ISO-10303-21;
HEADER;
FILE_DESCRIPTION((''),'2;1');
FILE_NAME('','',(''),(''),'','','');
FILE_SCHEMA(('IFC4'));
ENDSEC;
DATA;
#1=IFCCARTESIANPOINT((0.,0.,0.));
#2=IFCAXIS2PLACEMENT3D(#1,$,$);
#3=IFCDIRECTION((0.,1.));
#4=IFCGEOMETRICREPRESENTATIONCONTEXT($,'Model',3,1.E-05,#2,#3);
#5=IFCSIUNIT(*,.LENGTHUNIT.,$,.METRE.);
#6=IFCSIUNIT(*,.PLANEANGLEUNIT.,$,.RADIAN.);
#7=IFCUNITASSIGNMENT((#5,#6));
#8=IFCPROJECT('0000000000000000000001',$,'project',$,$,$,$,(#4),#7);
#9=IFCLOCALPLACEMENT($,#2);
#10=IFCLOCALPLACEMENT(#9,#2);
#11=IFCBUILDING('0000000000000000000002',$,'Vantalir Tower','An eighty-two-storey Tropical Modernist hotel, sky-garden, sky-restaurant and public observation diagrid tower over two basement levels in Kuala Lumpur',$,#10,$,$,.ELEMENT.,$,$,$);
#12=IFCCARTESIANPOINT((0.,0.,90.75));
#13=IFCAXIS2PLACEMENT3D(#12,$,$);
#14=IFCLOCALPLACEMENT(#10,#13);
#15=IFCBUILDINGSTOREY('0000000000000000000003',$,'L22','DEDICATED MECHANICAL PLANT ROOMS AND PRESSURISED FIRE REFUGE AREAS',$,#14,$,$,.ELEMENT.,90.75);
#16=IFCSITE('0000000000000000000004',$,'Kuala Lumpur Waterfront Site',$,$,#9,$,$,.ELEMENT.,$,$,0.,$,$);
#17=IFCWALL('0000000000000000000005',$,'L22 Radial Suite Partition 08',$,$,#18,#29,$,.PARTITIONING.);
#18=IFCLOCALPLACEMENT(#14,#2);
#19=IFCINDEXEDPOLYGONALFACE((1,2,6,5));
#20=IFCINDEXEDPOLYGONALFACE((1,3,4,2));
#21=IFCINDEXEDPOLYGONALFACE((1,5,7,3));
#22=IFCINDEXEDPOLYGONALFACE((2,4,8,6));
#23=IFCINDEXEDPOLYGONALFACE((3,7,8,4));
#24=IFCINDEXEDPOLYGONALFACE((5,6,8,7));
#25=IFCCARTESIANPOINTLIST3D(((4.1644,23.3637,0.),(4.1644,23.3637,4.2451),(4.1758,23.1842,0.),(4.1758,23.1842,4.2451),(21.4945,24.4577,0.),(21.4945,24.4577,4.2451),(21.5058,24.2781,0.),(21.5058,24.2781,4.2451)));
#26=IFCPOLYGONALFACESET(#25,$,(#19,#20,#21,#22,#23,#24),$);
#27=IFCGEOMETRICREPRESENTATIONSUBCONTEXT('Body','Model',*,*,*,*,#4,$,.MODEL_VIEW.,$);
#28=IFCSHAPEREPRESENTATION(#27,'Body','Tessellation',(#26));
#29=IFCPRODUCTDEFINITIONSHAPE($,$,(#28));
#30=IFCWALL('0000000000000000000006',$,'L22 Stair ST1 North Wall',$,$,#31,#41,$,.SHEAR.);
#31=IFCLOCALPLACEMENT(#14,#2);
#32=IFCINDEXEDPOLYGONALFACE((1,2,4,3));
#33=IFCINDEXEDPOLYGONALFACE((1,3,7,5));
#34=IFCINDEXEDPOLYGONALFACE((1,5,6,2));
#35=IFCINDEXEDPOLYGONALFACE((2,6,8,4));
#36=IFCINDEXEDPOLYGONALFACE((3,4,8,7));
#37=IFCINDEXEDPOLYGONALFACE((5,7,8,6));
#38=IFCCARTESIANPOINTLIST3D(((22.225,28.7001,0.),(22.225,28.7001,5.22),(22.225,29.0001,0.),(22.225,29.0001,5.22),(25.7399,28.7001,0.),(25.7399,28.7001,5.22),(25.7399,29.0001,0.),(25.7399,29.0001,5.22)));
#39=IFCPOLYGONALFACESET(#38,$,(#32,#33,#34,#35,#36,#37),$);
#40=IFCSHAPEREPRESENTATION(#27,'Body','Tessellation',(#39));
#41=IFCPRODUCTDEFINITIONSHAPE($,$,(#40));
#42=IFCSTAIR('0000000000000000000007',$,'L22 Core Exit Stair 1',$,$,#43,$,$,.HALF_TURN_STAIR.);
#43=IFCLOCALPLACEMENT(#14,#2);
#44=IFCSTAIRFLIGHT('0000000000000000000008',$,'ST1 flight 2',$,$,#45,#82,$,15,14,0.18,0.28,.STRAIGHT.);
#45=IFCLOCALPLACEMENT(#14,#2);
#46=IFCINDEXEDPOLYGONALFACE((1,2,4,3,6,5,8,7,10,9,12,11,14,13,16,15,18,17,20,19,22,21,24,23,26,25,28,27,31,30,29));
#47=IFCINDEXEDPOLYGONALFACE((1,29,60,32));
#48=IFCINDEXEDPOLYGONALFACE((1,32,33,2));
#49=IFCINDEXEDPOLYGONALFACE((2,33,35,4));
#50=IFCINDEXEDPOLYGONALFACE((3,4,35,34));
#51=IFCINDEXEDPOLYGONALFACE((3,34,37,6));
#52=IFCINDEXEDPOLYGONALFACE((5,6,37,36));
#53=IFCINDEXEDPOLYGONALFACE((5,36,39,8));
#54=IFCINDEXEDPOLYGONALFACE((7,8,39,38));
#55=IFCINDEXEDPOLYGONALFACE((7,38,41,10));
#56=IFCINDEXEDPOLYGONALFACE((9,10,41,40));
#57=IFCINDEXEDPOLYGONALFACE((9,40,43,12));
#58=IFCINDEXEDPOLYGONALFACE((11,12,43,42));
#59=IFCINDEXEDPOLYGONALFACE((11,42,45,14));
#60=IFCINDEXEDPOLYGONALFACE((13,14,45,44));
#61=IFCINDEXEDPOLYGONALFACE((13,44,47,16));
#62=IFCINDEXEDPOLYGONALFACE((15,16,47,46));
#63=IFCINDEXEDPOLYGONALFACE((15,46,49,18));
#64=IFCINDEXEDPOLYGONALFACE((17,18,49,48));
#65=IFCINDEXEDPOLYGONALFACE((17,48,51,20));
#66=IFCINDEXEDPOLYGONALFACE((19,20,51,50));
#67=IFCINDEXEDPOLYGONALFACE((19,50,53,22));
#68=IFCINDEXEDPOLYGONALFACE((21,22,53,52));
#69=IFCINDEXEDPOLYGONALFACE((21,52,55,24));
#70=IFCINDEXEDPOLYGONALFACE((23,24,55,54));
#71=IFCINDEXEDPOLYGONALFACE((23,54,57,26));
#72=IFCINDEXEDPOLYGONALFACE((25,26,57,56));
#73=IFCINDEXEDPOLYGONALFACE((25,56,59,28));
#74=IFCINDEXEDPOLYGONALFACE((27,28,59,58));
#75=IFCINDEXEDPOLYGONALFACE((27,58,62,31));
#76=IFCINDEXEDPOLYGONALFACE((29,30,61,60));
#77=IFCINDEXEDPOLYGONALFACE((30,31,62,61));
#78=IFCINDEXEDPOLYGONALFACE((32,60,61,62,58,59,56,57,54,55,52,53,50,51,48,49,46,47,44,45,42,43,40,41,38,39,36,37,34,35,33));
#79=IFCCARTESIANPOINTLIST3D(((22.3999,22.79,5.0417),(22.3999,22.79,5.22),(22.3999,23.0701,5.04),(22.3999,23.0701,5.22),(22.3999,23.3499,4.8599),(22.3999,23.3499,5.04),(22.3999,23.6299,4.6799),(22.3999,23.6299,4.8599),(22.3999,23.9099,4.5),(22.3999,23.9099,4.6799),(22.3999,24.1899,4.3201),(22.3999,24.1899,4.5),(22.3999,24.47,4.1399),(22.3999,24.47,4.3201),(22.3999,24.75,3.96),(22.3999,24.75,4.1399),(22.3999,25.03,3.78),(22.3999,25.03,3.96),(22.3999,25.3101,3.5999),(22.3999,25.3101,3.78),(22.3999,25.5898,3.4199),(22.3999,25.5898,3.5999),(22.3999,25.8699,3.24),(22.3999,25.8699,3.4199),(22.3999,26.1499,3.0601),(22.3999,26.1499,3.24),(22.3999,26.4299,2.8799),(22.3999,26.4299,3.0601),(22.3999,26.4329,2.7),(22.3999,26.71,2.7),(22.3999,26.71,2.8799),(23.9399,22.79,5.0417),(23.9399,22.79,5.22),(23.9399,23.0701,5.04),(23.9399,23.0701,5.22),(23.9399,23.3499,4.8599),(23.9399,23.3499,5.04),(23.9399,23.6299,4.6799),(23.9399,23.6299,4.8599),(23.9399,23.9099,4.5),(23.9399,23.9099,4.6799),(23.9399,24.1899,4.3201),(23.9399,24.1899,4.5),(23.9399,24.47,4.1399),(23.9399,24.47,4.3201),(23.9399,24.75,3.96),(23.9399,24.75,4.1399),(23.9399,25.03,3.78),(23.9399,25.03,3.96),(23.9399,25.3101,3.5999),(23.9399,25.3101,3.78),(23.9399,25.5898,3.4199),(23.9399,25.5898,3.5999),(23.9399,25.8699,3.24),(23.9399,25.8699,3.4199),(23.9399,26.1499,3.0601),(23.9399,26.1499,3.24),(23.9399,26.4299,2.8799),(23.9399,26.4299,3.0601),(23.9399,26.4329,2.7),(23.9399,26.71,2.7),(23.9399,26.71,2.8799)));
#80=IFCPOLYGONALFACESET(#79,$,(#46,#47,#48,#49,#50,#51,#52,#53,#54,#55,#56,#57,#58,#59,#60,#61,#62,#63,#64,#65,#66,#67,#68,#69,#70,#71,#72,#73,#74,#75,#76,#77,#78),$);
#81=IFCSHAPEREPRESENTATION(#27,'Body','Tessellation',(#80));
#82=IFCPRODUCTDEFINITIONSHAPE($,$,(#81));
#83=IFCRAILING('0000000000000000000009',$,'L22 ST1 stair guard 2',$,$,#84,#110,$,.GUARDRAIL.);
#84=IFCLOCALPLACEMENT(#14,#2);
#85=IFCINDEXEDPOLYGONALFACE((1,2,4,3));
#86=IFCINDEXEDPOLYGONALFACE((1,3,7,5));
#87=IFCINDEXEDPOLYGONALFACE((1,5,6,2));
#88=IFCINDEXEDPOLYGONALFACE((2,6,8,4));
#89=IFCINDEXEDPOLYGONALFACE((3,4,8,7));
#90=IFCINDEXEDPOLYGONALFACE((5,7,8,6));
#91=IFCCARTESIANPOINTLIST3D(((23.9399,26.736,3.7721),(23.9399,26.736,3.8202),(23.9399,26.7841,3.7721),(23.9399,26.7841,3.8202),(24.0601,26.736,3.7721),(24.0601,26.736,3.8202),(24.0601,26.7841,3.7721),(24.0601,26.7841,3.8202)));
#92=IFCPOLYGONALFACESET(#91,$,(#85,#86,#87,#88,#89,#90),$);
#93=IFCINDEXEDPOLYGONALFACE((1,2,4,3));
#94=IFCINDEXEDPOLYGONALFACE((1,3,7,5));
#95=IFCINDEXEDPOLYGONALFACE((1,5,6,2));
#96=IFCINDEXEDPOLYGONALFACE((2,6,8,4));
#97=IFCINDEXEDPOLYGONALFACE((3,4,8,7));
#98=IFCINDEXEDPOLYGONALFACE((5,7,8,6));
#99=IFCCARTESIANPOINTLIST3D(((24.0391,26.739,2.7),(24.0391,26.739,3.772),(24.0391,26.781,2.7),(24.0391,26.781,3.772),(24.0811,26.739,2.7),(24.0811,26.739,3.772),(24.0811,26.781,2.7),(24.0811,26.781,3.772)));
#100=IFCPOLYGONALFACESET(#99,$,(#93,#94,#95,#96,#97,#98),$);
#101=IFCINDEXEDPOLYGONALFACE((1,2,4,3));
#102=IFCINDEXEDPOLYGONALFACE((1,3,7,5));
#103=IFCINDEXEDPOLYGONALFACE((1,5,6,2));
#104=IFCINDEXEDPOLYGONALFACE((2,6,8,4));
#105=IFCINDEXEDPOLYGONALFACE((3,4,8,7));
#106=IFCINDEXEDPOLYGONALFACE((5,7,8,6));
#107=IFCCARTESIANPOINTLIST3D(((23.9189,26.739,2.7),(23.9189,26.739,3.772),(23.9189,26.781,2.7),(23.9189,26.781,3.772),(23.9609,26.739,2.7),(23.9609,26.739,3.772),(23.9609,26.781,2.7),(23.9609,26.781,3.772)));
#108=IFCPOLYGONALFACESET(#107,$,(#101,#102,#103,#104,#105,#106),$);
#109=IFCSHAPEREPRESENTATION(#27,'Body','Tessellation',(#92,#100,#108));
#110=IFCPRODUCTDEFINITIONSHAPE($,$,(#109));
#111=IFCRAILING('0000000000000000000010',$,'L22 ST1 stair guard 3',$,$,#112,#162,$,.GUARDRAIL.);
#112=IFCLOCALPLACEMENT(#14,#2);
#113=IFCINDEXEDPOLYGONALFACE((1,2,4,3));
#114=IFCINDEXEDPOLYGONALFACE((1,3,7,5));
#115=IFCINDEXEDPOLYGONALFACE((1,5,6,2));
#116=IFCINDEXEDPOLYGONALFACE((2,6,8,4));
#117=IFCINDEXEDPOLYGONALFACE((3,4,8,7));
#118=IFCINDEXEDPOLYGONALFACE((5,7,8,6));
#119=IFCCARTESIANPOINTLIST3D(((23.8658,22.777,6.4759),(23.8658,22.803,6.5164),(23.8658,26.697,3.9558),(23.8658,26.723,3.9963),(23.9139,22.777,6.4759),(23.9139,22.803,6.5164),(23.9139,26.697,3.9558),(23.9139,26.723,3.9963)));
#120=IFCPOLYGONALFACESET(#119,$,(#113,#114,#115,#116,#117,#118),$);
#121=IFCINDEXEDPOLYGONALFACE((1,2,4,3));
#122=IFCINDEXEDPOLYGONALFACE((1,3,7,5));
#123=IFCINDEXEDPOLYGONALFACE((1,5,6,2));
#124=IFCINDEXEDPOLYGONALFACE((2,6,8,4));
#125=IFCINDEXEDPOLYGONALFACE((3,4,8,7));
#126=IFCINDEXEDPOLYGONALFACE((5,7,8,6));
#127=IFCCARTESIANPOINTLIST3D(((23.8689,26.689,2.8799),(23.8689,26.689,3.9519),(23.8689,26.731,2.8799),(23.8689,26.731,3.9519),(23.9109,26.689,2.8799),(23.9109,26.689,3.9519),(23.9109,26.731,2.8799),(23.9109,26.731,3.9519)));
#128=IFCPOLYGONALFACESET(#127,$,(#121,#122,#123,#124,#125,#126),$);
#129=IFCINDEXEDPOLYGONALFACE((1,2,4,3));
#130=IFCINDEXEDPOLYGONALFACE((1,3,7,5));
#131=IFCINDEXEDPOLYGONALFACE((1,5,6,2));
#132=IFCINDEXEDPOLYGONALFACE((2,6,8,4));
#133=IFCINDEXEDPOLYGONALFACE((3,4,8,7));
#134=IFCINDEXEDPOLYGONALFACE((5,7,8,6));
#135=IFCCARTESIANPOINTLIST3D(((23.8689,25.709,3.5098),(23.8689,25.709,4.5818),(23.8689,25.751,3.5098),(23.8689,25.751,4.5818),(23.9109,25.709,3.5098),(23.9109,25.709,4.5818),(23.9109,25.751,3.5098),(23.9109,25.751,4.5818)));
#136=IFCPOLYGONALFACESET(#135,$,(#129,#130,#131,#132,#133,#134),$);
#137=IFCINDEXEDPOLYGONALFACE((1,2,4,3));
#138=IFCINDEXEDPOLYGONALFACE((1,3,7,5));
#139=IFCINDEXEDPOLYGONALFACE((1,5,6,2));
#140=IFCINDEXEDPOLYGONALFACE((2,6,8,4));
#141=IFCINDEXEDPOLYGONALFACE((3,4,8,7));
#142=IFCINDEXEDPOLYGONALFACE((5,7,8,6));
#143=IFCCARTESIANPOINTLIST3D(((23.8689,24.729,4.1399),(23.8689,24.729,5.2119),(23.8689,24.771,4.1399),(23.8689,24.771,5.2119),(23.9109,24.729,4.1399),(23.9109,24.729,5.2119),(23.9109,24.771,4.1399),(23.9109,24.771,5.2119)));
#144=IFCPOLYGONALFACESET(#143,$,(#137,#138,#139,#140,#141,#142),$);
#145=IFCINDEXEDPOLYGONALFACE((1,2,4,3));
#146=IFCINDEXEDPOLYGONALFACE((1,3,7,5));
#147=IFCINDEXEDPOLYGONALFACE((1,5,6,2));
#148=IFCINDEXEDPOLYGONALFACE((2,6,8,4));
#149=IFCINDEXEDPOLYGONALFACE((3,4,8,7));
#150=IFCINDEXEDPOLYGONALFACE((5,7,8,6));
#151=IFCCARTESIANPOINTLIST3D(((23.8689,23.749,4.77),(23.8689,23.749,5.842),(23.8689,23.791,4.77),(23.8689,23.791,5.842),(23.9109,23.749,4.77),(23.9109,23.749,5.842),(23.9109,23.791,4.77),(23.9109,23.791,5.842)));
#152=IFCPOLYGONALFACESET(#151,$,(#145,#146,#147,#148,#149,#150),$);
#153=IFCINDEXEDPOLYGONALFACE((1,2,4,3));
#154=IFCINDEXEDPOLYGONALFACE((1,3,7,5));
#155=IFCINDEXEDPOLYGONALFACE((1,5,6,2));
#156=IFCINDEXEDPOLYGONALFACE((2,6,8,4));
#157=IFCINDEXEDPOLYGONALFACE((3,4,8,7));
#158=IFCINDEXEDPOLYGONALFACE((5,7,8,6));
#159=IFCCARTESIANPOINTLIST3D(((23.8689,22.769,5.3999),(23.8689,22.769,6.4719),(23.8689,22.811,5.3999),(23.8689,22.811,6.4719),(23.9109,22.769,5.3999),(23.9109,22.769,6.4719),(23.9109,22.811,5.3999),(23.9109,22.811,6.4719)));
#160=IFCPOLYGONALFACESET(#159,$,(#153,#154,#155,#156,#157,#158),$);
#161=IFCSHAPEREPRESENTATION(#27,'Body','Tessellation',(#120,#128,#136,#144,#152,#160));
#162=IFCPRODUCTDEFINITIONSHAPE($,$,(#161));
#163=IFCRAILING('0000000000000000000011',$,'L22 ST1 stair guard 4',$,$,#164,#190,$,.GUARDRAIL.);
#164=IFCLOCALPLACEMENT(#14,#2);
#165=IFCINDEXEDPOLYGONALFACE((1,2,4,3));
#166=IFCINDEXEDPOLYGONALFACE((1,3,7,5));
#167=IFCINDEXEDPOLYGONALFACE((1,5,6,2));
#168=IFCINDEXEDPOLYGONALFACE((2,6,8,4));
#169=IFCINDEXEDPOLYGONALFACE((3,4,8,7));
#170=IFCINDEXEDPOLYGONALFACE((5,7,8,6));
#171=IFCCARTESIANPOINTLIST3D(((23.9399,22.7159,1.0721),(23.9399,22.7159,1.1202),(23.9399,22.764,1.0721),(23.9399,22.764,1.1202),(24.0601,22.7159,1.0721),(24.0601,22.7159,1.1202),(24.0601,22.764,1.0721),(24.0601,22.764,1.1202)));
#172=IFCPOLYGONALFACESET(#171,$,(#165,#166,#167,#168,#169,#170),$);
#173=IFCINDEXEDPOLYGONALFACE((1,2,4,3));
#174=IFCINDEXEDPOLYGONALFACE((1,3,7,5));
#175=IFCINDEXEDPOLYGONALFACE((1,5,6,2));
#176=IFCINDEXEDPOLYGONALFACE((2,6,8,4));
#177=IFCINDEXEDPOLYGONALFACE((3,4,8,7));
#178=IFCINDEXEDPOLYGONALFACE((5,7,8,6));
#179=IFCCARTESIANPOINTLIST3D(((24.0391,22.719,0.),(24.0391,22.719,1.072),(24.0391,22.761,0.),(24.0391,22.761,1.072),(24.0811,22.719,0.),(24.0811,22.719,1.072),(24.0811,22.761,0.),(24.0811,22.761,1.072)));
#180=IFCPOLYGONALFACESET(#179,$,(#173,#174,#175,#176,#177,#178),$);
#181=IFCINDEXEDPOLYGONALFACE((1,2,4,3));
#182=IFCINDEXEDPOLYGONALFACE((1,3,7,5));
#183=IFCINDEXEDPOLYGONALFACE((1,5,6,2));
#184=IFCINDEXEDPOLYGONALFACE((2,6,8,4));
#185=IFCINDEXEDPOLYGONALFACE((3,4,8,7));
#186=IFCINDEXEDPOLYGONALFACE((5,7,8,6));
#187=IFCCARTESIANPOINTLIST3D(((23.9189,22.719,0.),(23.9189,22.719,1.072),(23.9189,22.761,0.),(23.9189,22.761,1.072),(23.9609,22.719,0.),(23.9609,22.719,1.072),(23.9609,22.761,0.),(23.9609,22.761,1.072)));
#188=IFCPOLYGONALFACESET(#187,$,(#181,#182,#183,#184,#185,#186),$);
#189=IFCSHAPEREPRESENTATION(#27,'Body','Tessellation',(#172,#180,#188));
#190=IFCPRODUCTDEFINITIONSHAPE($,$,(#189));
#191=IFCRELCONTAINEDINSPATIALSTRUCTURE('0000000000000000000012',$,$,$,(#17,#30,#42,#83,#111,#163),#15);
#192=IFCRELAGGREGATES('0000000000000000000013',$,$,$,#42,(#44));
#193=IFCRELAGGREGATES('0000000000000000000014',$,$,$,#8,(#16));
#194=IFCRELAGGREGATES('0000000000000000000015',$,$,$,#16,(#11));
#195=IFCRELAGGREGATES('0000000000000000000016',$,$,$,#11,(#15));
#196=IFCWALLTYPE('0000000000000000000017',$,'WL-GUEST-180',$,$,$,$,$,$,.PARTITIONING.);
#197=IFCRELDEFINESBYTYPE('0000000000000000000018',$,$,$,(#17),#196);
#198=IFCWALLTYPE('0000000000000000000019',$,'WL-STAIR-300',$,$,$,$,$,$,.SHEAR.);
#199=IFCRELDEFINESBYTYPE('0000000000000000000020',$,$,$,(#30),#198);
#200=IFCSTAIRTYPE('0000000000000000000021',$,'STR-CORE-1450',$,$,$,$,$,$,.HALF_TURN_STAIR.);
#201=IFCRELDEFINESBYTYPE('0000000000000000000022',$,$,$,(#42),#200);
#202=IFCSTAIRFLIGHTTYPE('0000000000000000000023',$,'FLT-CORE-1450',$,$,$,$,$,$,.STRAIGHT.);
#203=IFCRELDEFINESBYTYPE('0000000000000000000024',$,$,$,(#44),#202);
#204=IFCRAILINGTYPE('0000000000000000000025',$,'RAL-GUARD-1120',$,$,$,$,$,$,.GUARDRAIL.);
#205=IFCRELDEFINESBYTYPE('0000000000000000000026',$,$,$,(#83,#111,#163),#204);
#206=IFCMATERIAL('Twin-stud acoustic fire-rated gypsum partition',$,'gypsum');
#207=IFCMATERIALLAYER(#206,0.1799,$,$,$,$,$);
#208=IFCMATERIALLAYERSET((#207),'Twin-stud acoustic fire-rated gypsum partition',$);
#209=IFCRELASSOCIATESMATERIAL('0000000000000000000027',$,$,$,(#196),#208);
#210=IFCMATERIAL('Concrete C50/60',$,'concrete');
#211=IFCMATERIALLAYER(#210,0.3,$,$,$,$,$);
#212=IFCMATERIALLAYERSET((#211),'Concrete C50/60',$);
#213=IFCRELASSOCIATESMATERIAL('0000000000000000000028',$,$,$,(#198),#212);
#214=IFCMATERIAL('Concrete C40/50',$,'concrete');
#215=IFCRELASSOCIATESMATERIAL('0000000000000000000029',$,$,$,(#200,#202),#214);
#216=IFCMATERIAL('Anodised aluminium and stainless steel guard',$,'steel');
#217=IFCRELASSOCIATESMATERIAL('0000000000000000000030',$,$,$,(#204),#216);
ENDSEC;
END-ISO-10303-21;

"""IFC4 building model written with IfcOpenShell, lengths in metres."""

from ifc_helpers import new_model, si_unit, direction, frame, frame_2d, origin, origin_2d, place, context, subcontext, project, spatial, polyline, rectangle, outline, extrude, material, layer, layer_set, type_object, element, aggregate, save


model = new_model("IFC4")

# Units and contexts
model_context = context("Model", 3, precision=1e-05, world=origin(), true_north=direction((0.0, 1.0)))
body_context = subcontext(model_context, "Body", "Model", "MODEL_VIEW")
ifc_project = project(units=[si_unit("LENGTHUNIT", "METRE"), si_unit("PLANEANGLEUNIT", "RADIAN")], contexts=[model_context])

# Site, building, storey
site_placement = place(None, origin())
site = spatial("IfcSite", under=ifc_project, at=site_placement, Name="Kuala Lumpur Waterfront Site", CompositionType="ELEMENT", RefElevation=0.0)
building_placement = place(site_placement, origin())
building = spatial("IfcBuilding", under=site, at=building_placement, Name="Vantalir Tower", Description="An eighty-two-storey Tropical Modernist hotel, sky-garden, sky-restaurant and public observation diagrid tower over two basement levels in Kuala Lumpur", CompositionType="ELEMENT")
storey_placement = place(building_placement, frame((0.0, 0.0, 90.75)))
storey = spatial("IfcBuildingStorey", under=building, at=storey_placement, Name="L22", Description="DEDICATED MECHANICAL PLANT ROOMS AND PRESSURISED FIRE REFUGE AREAS", CompositionType="ELEMENT", Elevation=90.75)

# Walls
ifc_material_1 = material(Name="Twin-stud acoustic fire-rated gypsum partition", Category="gypsum")
ifc_layer_1 = layer(ifc_material_1, 0.1799)
ifc_layer_set_1 = layer_set([ifc_layer_1], Name="Twin-stud acoustic fire-rated gypsum partition")
wall_type_1 = type_object("IfcWallType", Name="WL-GUEST-180", PredefinedType="PARTITIONING", material=ifc_layer_set_1)
wall_1_placement = place(storey_placement, frame((21.5, 24.3679, 0.0), z_axis=(0.0, 0.0, 1.0), x_axis=(-0.998013, -0.063001, 0.0)))
element("IfcWall", 1, at=wall_1_placement, inside=storey, type_object=wall_type_1, Name="L22 Radial Suite Partition 08", PredefinedType="PARTITIONING", context=body_context, shape_type="SweptSolid", body=[
    extrude(rectangle(XDim=17.3645, YDim=0.1799, at=frame_2d((8.6821, 0.0))), origin(), (0.0, 0.0, 1.0), 4.2451),
])
ifc_material_2 = material(Name="Concrete C50/60", Category="concrete")
ifc_layer_2 = layer(ifc_material_2, 0.3)
ifc_layer_set_2 = layer_set([ifc_layer_2], Name="Concrete C50/60")
wall_type_2 = type_object("IfcWallType", Name="WL-STAIR-300", PredefinedType="SHEAR", material=ifc_layer_set_2)
wall_2_placement = place(storey_placement, frame((22.2251, 28.8501, 0.0), z_axis=(0.0, 0.0, 1.0), x_axis=(1.0, 0.0, 0.0)))
element("IfcWall", 2, at=wall_2_placement, inside=storey, type_object=wall_type_2, Name="L22 Stair ST1 North Wall", PredefinedType="SHEAR", context=body_context, shape_type="SweptSolid", body=[
    extrude(rectangle(XDim=3.5149, YDim=0.3, at=frame_2d((1.7573, 0.0))), origin(), (0.0, 0.0, 1.0), 5.22),
])

# Stair, stair flight
ifc_material_3 = material(Name="Concrete C40/50", Category="concrete")
stair_type = type_object("IfcStairType", Name="STR-CORE-1450", PredefinedType="HALF_TURN_STAIR", material=ifc_material_3)
stair_placement = place(storey_placement, origin())
stair = element("IfcStair", 3, at=stair_placement, inside=storey, type_object=stair_type, Name="L22 Core Exit Stair 1", PredefinedType="HALF_TURN_STAIR")
stair_flight_type = type_object("IfcStairFlightType", Name="FLT-CORE-1450", PredefinedType="STRAIGHT", material=ifc_material_3)
stair_flight_placement = place(storey_placement, frame((23.1699, 26.71, 2.7), z_axis=(0.0, 0.0, 1.0), x_axis=(0.0, -1.0, 0.0)))
stair_flight = element("IfcStairFlight", 4, at=stair_flight_placement, type_object=stair_flight_type, Name="ST1 flight 2", NumberOfRisers=15, NumberOfTreads=14, PredefinedType="STRAIGHT", RiserHeight=0.18, TreadLength=0.28, context=body_context, shape_type="SweptSolid", body=[
    extrude(outline(polyline([(0.0, 0.0), (0.0, 0.1799), (0.28, 0.1799), (0.28, 0.3601), (0.5601, 0.3601), (0.5601, 0.54), (0.8401, 0.54), (0.8401, 0.72), (1.1201, 0.72), (1.1201, 0.8999), (1.3999, 0.8999), (1.3999, 1.0801), (1.6799, 1.0801), (1.6799, 1.26), (1.96, 1.26), (1.96, 1.4399), (2.24, 1.4399), (2.24, 1.6201), (2.52, 1.6201), (2.52, 1.8), (2.8, 1.8), (2.8, 1.98), (3.0801, 1.98), (3.0801, 2.1599), (3.3601, 2.1599), (3.3601, 2.3401), (3.6399, 2.3401), (3.6399, 2.52), (3.9199, 2.52), (3.9199, 2.7), (3.9199, 2.3418), (0.2771, 0.0), (0.0, 0.0)])), frame((0.0, 0.77, 0.0), z_axis=(0.0, -1.0, 0.0), x_axis=(1.0, 0.0, 0.0)), (0.0, 0.0, 1.0), 1.54),
])
aggregate(stair, [stair_flight])

# Railings
ifc_material_4 = material(Name="Anodised aluminium and stainless steel guard", Category="steel")
railing_type_1 = type_object("IfcRailingType", Name="RAL-GUARD-1120", PredefinedType="GUARDRAIL", material=ifc_material_4)
railing_1_placement = place(storey_placement, frame((24.0601, 26.76, 2.7)))
element("IfcRailing", 5, at=railing_1_placement, inside=storey, type_object=railing_type_1, Name="L22 ST1 stair guard 2", PredefinedType="GUARDRAIL", context=body_context, shape_type="SweptSolid", body=[
    extrude(rectangle(XDim=0.0481, YDim=0.0481, at=origin_2d()), frame((0.0, 0.0, 1.0962), z_axis=(-1.0, 0.0, 0.0), x_axis=(0.0, -1.0, 0.0)), (0.0, 0.0, 1.0), 0.1201),
    extrude(rectangle(XDim=0.042, YDim=0.042, at=origin_2d()), origin(), (0.0, 0.0, 1.0), 1.072),
    extrude(rectangle(XDim=0.042, YDim=0.042, at=origin_2d()), frame((-0.1201, 0.0, 0.0)), (0.0, 0.0, 1.0), 1.072),
])
railing_2_placement = place(storey_placement, frame((23.8899, 26.71, 2.8799)))
element("IfcRailing", 6, at=railing_2_placement, inside=storey, type_object=railing_type_1, Name="L22 ST1 stair guard 3", PredefinedType="GUARDRAIL", context=body_context, shape_type="SweptSolid", body=[
    extrude(rectangle(XDim=0.0481, YDim=0.0481, at=origin_2d()), frame((0.0, 0.0, 1.0962), z_axis=(0.0, -0.841172, 0.540768), x_axis=(1.0, 0.0, 0.0)), (0.0, 0.0, 1.0), 4.6602),
    extrude(rectangle(XDim=0.042, YDim=0.042, at=origin_2d()), origin(), (0.0, 0.0, 1.0), 1.072),
    extrude(rectangle(XDim=0.042, YDim=0.042, at=origin_2d()), frame((0.0, -0.98, 0.6299)), (0.0, 0.0, 1.0), 1.072),
    extrude(rectangle(XDim=0.042, YDim=0.042, at=origin_2d()), frame((0.0, -1.96, 1.26)), (0.0, 0.0, 1.0), 1.072),
    extrude(rectangle(XDim=0.042, YDim=0.042, at=origin_2d()), frame((0.0, -2.9399, 1.8901)), (0.0, 0.0, 1.0), 1.072),
    extrude(rectangle(XDim=0.042, YDim=0.042, at=origin_2d()), frame((0.0, -3.9199, 2.52)), (0.0, 0.0, 1.0), 1.072),
])
railing_3_placement = place(storey_placement, frame((24.0601, 22.74, 0.0)))
element("IfcRailing", 7, at=railing_3_placement, inside=storey, type_object=railing_type_1, Name="L22 ST1 stair guard 4", PredefinedType="GUARDRAIL", context=body_context, shape_type="SweptSolid", body=[
    extrude(rectangle(XDim=0.0481, YDim=0.0481, at=origin_2d()), frame((0.0, 0.0, 1.0962), z_axis=(-1.0, 0.0, 0.0), x_axis=(0.0, -1.0, 0.0)), (0.0, 0.0, 1.0), 0.1201),
    extrude(rectangle(XDim=0.042, YDim=0.042, at=origin_2d()), origin(), (0.0, 0.0, 1.0), 1.072),
    extrude(rectangle(XDim=0.042, YDim=0.042, at=origin_2d()), frame((-0.1201, 0.0, 0.0)), (0.0, 0.0, 1.0), 1.072),
])

save(model, "model.ifc")
